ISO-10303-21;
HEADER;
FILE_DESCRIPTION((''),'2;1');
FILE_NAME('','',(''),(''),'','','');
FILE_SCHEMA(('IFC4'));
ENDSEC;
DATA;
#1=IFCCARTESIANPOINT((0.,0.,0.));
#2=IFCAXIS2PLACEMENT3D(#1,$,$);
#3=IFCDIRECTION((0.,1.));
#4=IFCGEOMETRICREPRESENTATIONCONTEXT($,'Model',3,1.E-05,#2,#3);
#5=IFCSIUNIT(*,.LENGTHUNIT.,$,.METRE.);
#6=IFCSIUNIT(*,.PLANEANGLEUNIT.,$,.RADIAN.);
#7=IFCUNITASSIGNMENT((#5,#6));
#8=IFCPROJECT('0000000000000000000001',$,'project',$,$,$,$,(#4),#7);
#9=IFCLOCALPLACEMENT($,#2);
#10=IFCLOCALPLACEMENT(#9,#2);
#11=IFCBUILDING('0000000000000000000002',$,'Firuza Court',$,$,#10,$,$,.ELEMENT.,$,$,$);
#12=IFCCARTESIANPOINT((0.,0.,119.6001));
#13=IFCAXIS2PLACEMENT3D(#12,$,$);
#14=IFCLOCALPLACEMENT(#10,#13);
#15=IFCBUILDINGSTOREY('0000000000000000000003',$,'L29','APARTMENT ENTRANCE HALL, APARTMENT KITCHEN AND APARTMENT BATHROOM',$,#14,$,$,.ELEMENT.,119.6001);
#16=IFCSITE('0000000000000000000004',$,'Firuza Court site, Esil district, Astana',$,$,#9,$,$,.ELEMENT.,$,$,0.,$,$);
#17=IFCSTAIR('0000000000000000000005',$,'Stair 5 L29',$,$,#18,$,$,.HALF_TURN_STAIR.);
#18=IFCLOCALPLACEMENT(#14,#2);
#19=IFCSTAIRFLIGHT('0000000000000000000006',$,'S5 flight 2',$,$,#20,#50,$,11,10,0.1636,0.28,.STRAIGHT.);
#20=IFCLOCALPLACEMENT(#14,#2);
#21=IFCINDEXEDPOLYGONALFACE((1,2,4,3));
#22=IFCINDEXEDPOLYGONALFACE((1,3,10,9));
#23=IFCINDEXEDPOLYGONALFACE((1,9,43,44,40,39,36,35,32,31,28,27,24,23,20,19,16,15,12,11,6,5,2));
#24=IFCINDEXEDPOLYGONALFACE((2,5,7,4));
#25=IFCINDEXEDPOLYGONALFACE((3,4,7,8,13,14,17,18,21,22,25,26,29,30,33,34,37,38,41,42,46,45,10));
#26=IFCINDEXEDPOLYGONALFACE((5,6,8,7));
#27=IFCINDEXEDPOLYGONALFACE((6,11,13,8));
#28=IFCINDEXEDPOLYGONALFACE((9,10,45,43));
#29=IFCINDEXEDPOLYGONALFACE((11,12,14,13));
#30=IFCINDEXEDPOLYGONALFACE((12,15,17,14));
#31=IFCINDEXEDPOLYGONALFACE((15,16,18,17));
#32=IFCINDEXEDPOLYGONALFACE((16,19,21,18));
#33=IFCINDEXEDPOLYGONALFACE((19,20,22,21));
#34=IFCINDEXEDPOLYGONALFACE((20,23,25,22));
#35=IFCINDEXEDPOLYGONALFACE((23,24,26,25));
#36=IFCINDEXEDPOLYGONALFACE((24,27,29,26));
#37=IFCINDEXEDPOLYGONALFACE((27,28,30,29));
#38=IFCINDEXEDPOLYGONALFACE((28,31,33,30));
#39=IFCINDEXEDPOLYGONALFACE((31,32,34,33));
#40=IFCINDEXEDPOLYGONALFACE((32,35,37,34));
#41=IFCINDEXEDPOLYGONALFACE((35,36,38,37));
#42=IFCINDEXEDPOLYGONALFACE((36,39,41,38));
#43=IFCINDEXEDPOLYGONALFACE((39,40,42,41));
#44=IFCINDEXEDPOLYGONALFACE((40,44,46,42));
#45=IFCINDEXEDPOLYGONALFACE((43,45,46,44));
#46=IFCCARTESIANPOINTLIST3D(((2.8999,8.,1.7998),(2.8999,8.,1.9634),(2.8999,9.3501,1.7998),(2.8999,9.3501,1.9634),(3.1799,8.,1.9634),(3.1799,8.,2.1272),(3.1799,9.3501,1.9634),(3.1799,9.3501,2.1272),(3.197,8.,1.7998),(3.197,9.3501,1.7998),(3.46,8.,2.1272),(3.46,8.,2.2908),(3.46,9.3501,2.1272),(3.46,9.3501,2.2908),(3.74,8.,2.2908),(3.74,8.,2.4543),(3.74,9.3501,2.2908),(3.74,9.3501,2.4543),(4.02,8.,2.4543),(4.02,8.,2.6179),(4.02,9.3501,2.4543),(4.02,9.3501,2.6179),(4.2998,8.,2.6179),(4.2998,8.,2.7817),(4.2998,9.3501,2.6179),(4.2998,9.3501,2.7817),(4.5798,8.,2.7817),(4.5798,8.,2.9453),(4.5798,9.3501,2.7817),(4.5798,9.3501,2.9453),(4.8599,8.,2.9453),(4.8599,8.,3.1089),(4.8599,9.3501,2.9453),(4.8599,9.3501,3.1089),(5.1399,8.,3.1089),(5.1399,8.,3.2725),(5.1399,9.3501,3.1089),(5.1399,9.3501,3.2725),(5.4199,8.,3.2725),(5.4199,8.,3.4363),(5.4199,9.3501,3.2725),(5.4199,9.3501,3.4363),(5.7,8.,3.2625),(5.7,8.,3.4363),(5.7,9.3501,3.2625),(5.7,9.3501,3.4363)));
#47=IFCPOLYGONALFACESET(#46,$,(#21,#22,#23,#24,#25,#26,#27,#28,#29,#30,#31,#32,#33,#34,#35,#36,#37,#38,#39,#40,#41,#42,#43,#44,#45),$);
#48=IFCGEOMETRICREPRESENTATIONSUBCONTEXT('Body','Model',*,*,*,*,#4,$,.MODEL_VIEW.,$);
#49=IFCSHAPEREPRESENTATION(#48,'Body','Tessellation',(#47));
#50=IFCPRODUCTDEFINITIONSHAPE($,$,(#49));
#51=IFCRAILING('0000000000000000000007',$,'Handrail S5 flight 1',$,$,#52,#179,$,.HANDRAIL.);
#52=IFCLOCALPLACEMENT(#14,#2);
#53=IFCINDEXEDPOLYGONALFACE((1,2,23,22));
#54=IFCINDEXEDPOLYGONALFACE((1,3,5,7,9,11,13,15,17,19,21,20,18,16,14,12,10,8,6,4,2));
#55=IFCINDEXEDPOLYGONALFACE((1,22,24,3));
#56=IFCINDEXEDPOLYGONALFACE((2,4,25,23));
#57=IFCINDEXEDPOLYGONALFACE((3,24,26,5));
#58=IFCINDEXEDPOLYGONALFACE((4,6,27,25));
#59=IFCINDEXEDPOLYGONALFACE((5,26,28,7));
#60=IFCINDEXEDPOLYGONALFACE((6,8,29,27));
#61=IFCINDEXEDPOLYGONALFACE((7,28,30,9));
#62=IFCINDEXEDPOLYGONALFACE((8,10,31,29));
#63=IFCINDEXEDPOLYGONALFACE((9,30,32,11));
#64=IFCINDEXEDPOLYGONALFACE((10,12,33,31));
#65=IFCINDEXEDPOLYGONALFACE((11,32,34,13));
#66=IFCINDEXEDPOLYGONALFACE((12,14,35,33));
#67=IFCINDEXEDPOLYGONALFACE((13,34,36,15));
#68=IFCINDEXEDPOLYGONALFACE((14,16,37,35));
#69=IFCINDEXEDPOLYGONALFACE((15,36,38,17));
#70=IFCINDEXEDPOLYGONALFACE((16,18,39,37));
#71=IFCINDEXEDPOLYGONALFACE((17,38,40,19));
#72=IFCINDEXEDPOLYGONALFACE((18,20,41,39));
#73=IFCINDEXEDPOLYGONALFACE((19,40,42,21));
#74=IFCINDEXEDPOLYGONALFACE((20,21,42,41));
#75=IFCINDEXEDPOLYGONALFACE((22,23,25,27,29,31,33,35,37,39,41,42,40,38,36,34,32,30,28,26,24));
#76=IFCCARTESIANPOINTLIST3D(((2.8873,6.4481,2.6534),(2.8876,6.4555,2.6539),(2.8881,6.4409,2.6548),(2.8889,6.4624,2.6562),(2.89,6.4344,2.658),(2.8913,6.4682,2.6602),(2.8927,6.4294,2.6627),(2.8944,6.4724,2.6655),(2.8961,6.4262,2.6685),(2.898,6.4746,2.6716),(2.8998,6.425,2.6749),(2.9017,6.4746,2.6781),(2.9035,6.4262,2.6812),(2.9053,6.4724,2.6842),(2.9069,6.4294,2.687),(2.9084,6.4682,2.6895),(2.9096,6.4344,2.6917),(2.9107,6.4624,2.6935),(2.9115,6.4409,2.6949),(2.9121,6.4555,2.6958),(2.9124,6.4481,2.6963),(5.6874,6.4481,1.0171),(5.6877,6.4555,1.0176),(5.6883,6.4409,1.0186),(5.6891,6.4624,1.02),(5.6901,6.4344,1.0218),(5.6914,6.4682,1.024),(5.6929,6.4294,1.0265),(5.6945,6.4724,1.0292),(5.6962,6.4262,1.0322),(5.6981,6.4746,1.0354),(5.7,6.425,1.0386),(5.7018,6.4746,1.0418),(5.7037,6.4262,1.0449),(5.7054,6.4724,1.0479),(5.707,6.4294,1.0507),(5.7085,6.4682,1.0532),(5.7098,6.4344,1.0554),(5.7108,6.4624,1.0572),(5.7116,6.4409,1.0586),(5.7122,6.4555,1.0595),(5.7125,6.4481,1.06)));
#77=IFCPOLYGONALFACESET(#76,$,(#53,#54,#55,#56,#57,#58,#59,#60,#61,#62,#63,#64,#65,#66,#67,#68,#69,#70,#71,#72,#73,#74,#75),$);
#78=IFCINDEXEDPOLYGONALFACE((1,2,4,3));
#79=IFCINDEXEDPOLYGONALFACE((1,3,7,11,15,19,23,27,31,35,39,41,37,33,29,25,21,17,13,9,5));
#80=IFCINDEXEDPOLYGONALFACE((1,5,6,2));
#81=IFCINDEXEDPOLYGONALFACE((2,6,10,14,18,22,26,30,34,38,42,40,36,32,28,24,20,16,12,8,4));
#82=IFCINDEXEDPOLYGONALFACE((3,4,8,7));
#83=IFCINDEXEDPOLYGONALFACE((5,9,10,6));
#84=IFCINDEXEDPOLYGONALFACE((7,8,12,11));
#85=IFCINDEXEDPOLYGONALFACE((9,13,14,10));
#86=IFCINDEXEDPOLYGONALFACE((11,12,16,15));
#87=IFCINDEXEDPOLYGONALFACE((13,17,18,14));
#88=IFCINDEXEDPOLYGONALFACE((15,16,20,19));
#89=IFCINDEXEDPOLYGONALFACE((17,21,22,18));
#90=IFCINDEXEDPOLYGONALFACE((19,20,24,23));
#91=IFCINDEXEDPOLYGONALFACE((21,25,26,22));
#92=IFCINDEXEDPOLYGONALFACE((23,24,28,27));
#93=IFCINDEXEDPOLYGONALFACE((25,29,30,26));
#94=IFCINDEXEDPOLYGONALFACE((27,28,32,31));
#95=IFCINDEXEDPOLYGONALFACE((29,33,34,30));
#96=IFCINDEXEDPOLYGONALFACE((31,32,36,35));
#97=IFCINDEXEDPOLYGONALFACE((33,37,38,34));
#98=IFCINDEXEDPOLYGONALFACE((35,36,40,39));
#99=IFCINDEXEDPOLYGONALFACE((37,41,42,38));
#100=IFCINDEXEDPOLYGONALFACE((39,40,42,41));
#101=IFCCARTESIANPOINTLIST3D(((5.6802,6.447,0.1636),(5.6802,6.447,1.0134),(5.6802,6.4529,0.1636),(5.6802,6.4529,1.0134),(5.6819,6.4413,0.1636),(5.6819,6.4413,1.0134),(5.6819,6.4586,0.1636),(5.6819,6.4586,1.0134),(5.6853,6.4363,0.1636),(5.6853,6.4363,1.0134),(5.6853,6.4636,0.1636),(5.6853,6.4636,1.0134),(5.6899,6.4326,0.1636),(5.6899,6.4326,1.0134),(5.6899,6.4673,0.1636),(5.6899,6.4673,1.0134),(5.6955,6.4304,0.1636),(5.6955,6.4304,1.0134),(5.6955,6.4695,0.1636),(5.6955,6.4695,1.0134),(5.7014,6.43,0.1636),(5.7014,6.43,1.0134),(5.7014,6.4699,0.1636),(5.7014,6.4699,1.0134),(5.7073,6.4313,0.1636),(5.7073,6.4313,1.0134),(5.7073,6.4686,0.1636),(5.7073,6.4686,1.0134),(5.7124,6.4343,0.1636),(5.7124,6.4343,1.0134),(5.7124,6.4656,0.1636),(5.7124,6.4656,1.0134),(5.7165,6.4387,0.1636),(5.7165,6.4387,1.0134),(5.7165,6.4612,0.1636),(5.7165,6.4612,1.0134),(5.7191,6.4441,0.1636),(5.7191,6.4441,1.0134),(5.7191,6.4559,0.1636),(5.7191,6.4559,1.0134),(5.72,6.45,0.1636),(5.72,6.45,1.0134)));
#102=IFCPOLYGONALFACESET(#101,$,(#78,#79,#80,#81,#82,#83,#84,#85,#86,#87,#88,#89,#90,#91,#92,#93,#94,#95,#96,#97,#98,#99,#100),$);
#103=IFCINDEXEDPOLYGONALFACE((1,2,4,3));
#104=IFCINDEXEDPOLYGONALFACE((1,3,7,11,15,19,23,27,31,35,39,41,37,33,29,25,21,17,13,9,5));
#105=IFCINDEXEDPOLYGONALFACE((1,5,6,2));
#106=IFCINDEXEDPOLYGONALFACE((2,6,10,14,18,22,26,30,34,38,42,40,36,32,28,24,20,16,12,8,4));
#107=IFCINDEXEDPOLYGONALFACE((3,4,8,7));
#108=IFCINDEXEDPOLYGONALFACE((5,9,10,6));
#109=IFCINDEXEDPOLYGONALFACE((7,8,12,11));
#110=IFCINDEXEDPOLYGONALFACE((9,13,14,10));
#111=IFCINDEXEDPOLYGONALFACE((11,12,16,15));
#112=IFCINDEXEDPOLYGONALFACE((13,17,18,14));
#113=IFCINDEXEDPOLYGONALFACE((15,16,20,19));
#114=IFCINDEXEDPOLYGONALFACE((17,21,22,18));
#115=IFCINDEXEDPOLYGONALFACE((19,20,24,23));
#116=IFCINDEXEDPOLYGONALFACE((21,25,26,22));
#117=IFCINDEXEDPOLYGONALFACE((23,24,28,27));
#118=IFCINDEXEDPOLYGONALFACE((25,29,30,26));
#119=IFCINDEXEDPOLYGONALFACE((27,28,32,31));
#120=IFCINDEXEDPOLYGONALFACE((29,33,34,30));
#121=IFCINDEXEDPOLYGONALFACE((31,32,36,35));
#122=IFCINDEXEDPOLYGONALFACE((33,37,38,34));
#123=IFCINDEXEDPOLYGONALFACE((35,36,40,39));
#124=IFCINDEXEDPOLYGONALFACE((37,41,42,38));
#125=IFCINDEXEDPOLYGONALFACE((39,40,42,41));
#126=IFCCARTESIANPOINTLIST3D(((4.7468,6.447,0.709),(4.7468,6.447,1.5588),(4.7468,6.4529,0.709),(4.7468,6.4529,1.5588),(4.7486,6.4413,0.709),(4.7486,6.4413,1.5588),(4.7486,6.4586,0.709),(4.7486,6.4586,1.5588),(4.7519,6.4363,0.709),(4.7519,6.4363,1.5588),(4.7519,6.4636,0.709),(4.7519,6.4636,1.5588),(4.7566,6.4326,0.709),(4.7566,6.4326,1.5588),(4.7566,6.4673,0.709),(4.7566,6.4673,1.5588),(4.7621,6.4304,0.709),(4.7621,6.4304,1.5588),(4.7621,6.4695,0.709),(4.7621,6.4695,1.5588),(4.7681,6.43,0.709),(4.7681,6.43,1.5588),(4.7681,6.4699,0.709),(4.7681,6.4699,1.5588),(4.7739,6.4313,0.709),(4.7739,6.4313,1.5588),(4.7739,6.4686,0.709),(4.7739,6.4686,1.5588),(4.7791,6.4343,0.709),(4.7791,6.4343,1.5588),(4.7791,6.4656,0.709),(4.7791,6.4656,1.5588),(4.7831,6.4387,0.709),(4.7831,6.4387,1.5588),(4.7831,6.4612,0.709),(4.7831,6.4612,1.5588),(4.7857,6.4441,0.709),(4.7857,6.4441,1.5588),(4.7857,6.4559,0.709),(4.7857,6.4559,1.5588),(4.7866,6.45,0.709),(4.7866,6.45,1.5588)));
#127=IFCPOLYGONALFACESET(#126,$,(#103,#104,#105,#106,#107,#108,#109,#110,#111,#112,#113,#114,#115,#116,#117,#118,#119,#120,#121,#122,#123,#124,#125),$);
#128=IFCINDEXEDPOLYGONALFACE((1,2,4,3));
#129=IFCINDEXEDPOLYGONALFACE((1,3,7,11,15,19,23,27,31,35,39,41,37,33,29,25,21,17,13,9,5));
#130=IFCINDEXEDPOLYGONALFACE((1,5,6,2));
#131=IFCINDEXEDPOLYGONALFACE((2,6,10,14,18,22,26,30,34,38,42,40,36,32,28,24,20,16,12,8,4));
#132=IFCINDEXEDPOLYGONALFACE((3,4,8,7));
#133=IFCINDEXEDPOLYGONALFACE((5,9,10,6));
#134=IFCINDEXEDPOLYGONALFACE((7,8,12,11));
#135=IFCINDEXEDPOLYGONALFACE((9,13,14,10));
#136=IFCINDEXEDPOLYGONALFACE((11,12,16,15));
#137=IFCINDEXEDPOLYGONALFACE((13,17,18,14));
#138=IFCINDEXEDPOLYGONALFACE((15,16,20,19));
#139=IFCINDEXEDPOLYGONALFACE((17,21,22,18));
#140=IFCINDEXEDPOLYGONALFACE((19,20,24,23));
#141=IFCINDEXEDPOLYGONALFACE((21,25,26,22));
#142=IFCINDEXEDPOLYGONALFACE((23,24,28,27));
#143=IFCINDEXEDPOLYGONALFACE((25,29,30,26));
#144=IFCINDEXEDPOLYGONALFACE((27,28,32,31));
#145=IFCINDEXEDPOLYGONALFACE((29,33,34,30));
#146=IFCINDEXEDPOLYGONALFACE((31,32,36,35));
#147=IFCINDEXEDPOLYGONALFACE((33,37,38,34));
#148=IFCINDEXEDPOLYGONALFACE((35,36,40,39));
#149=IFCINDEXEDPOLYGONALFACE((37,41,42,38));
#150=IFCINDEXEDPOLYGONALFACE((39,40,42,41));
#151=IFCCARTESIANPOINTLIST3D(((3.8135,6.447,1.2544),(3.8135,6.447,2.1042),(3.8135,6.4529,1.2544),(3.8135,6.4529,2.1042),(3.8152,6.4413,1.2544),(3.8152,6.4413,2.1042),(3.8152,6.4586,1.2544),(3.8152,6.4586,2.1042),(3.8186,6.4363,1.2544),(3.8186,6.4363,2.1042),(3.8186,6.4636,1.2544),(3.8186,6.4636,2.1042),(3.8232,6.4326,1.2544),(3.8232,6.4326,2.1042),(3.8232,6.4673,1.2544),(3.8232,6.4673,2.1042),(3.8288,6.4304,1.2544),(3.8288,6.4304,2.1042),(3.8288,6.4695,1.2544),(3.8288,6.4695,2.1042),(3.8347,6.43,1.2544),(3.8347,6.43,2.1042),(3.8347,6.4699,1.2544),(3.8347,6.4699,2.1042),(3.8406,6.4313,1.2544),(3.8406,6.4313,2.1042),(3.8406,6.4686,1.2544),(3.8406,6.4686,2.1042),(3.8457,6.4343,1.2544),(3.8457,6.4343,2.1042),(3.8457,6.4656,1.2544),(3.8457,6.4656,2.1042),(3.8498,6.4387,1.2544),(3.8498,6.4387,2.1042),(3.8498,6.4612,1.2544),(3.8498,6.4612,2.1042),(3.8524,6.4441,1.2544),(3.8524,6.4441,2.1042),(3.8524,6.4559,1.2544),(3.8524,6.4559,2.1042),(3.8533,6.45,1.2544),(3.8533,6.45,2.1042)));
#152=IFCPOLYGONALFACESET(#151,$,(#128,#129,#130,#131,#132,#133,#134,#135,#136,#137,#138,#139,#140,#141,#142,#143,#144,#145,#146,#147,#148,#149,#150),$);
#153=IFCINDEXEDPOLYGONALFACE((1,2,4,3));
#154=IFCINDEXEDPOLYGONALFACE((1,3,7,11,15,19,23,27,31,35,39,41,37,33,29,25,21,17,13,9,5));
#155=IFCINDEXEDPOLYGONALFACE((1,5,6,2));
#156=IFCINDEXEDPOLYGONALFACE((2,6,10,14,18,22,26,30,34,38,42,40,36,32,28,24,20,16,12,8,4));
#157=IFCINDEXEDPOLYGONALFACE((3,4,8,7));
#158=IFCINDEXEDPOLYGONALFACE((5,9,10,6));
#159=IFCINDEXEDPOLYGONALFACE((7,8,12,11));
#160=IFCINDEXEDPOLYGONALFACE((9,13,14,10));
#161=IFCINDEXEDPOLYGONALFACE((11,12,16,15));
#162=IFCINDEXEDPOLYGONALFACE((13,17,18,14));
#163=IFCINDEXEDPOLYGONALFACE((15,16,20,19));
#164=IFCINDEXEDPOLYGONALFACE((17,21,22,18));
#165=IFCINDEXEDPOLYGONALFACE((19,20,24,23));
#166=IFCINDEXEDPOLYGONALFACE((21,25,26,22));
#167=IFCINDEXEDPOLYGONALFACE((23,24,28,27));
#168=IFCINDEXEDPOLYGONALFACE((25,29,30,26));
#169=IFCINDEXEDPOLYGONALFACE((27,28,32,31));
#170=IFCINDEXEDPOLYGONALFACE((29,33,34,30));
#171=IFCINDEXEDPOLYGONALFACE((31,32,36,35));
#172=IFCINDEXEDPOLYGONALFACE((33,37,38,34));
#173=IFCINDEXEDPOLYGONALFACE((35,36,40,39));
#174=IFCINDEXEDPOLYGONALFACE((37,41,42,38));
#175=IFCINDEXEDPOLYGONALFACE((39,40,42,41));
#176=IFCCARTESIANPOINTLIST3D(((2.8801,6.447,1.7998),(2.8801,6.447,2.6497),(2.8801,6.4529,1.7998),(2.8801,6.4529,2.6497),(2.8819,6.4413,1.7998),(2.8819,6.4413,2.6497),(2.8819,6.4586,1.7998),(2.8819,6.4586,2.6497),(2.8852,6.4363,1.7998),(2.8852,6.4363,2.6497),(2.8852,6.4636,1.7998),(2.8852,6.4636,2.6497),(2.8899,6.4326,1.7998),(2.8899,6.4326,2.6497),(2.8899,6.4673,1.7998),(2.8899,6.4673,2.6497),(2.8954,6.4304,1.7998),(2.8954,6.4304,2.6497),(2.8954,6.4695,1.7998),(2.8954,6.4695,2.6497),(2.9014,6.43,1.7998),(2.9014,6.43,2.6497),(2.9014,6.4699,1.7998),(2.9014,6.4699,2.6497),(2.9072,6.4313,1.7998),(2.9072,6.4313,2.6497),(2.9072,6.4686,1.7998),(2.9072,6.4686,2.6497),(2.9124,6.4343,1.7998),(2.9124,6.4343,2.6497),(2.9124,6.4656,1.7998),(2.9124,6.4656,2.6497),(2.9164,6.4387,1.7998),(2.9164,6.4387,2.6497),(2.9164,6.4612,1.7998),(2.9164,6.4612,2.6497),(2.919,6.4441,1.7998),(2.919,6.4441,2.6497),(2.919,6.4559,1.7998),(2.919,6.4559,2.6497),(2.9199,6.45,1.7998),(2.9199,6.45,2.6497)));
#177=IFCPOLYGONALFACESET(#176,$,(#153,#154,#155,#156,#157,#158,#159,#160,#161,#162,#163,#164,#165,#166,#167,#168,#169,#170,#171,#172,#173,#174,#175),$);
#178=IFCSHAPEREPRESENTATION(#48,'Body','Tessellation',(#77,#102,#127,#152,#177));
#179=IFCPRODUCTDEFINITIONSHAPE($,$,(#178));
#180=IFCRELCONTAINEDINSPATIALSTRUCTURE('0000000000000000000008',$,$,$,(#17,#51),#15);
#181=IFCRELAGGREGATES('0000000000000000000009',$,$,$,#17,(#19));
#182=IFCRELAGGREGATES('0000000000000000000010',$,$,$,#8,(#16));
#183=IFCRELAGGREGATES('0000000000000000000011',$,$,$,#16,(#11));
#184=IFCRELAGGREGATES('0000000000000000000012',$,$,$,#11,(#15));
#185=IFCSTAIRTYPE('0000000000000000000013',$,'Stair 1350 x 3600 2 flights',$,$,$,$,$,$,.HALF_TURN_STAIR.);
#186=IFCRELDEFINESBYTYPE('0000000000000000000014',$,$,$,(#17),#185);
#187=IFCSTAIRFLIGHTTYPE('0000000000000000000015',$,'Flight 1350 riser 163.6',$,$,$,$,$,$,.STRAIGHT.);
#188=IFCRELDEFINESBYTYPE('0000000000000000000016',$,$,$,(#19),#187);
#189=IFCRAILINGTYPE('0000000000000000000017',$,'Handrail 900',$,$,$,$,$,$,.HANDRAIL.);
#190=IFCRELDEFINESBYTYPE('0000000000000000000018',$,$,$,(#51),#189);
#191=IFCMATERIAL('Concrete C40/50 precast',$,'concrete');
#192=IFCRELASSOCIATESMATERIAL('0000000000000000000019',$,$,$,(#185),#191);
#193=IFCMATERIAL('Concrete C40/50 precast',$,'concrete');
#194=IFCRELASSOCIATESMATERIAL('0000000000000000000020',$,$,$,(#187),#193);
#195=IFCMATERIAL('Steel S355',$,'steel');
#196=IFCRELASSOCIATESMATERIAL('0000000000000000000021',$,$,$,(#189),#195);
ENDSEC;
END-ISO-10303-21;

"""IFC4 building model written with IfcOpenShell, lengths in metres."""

from ifc_helpers import new_model, si_unit, direction, frame, origin, origin_2d, place, context, subcontext, project, spatial, polyline, circle, outline, extrude, material, type_object, element, aggregate, save


model = new_model("IFC4")

# Units and contexts
model_context = context("Model", 3, precision=1e-05, world=origin(), true_north=direction((0.0, 1.0)))
body_context = subcontext(model_context, "Body", "Model", "MODEL_VIEW")
ifc_project = project(units=[si_unit("LENGTHUNIT", "METRE"), si_unit("PLANEANGLEUNIT", "RADIAN")], contexts=[model_context])

# Site, building, storey
site_placement = place(None, origin())
site = spatial("IfcSite", under=ifc_project, at=site_placement, Name="Firuza Court site, Esil district, Astana", CompositionType="ELEMENT", RefElevation=0.0)
building_placement = place(site_placement, origin())
building = spatial("IfcBuilding", under=site, at=building_placement, Name="Firuza Court", CompositionType="ELEMENT")
storey_placement = place(building_placement, frame((0.0, 0.0, 119.6001)))
storey = spatial("IfcBuildingStorey", under=building, at=storey_placement, Name="L29", Description="APARTMENT ENTRANCE HALL, APARTMENT KITCHEN AND APARTMENT BATHROOM", CompositionType="ELEMENT", Elevation=119.6001)

# Stair, stair flight
ifc_material_1 = material(Name="Concrete C40/50 precast", Category="concrete")
stair_type = type_object("IfcStairType", Name="Stair 1350 x 3600 2 flights", PredefinedType="HALF_TURN_STAIR", material=ifc_material_1)
stair_placement = place(storey_placement, origin())
stair = element("IfcStair", 1, at=stair_placement, inside=storey, type_object=stair_type, Name="Stair 5 L29", PredefinedType="HALF_TURN_STAIR")
ifc_material_2 = material(Name="Concrete C40/50 precast", Category="concrete")
stair_flight_type = type_object("IfcStairFlightType", Name="Flight 1350 riser 163.6", PredefinedType="STRAIGHT", material=ifc_material_2)
stair_flight_1_placement = place(storey_placement, frame((2.8999, 8.675, 1.7998), z_axis=(0.0, 0.0, 1.0), x_axis=(1.0, 0.0, 0.0)))
stair_flight_1 = element("IfcStairFlight", 2, at=stair_flight_1_placement, type_object=stair_flight_type, Name="S5 flight 2", NumberOfRisers=11, NumberOfTreads=10, PredefinedType="STRAIGHT", RiserHeight=0.1636, TreadLength=0.28, context=body_context, shape_type="SweptSolid", body=[
    extrude(outline(polyline([(0.0, 0.0), (0.0, 0.1636), (0.28, 0.1636), (0.28, 0.3274), (0.5601, 0.3274), (0.5601, 0.491), (0.8401, 0.491), (0.8401, 0.6545), (1.1201, 0.6545), (1.1201, 0.8181), (1.3999, 0.8181), (1.3999, 0.9819), (1.6799, 0.9819), (1.6799, 1.1455), (1.96, 1.1455), (1.96, 1.3091), (2.24, 1.3091), (2.24, 1.4727), (2.52, 1.4727), (2.52, 1.6365), (2.8, 1.6365), (2.8, 1.8), (2.8, 1.4626), (0.2971, 0.0), (0.0, 0.0)])), frame((0.0, 0.675, 0.0), z_axis=(0.0, -1.0, 0.0), x_axis=(1.0, 0.0, 0.0)), (0.0, 0.0, 1.0), 1.3501),
])
aggregate(stair, [stair_flight_1])

# Railing
ifc_material_3 = material(Name="Steel S355", Category="steel")
railing_type_1 = type_object("IfcRailingType", Name="Handrail 900", PredefinedType="HANDRAIL", material=ifc_material_3)
railing_1_placement = place(storey_placement, frame((5.7, 6.45, 0.1636)))
element("IfcRailing", 3, at=railing_1_placement, inside=storey, type_object=railing_type_1, Name="Handrail S5 flight 1", PredefinedType="HANDRAIL", context=body_context, shape_type="SweptSolid", body=[
    extrude(circle(Radius=0.0249, at=origin_2d()), frame((0.0, 0.0, 0.875), z_axis=(-0.863394, 0.0, 0.504531), x_axis=(0.0, -1.0, 0.0)), (0.0, 0.0, 1.0), 3.2432),
    extrude(circle(Radius=0.02, at=origin_2d()), origin(), (0.0, 0.0, 1.0), 0.8499),
    extrude(circle(Radius=0.02, at=origin_2d()), frame((-0.9333, 0.0, 0.5454)), (0.0, 0.0, 1.0), 0.8499),
    extrude(circle(Radius=0.02, at=origin_2d()), frame((-1.8667, 0.0, 1.0908)), (0.0, 0.0, 1.0), 0.8499),
    extrude(circle(Radius=0.02, at=origin_2d()), frame((-2.8, 0.0, 1.6362)), (0.0, 0.0, 1.0), 0.8499),
])

save(model, "model.ifc")
